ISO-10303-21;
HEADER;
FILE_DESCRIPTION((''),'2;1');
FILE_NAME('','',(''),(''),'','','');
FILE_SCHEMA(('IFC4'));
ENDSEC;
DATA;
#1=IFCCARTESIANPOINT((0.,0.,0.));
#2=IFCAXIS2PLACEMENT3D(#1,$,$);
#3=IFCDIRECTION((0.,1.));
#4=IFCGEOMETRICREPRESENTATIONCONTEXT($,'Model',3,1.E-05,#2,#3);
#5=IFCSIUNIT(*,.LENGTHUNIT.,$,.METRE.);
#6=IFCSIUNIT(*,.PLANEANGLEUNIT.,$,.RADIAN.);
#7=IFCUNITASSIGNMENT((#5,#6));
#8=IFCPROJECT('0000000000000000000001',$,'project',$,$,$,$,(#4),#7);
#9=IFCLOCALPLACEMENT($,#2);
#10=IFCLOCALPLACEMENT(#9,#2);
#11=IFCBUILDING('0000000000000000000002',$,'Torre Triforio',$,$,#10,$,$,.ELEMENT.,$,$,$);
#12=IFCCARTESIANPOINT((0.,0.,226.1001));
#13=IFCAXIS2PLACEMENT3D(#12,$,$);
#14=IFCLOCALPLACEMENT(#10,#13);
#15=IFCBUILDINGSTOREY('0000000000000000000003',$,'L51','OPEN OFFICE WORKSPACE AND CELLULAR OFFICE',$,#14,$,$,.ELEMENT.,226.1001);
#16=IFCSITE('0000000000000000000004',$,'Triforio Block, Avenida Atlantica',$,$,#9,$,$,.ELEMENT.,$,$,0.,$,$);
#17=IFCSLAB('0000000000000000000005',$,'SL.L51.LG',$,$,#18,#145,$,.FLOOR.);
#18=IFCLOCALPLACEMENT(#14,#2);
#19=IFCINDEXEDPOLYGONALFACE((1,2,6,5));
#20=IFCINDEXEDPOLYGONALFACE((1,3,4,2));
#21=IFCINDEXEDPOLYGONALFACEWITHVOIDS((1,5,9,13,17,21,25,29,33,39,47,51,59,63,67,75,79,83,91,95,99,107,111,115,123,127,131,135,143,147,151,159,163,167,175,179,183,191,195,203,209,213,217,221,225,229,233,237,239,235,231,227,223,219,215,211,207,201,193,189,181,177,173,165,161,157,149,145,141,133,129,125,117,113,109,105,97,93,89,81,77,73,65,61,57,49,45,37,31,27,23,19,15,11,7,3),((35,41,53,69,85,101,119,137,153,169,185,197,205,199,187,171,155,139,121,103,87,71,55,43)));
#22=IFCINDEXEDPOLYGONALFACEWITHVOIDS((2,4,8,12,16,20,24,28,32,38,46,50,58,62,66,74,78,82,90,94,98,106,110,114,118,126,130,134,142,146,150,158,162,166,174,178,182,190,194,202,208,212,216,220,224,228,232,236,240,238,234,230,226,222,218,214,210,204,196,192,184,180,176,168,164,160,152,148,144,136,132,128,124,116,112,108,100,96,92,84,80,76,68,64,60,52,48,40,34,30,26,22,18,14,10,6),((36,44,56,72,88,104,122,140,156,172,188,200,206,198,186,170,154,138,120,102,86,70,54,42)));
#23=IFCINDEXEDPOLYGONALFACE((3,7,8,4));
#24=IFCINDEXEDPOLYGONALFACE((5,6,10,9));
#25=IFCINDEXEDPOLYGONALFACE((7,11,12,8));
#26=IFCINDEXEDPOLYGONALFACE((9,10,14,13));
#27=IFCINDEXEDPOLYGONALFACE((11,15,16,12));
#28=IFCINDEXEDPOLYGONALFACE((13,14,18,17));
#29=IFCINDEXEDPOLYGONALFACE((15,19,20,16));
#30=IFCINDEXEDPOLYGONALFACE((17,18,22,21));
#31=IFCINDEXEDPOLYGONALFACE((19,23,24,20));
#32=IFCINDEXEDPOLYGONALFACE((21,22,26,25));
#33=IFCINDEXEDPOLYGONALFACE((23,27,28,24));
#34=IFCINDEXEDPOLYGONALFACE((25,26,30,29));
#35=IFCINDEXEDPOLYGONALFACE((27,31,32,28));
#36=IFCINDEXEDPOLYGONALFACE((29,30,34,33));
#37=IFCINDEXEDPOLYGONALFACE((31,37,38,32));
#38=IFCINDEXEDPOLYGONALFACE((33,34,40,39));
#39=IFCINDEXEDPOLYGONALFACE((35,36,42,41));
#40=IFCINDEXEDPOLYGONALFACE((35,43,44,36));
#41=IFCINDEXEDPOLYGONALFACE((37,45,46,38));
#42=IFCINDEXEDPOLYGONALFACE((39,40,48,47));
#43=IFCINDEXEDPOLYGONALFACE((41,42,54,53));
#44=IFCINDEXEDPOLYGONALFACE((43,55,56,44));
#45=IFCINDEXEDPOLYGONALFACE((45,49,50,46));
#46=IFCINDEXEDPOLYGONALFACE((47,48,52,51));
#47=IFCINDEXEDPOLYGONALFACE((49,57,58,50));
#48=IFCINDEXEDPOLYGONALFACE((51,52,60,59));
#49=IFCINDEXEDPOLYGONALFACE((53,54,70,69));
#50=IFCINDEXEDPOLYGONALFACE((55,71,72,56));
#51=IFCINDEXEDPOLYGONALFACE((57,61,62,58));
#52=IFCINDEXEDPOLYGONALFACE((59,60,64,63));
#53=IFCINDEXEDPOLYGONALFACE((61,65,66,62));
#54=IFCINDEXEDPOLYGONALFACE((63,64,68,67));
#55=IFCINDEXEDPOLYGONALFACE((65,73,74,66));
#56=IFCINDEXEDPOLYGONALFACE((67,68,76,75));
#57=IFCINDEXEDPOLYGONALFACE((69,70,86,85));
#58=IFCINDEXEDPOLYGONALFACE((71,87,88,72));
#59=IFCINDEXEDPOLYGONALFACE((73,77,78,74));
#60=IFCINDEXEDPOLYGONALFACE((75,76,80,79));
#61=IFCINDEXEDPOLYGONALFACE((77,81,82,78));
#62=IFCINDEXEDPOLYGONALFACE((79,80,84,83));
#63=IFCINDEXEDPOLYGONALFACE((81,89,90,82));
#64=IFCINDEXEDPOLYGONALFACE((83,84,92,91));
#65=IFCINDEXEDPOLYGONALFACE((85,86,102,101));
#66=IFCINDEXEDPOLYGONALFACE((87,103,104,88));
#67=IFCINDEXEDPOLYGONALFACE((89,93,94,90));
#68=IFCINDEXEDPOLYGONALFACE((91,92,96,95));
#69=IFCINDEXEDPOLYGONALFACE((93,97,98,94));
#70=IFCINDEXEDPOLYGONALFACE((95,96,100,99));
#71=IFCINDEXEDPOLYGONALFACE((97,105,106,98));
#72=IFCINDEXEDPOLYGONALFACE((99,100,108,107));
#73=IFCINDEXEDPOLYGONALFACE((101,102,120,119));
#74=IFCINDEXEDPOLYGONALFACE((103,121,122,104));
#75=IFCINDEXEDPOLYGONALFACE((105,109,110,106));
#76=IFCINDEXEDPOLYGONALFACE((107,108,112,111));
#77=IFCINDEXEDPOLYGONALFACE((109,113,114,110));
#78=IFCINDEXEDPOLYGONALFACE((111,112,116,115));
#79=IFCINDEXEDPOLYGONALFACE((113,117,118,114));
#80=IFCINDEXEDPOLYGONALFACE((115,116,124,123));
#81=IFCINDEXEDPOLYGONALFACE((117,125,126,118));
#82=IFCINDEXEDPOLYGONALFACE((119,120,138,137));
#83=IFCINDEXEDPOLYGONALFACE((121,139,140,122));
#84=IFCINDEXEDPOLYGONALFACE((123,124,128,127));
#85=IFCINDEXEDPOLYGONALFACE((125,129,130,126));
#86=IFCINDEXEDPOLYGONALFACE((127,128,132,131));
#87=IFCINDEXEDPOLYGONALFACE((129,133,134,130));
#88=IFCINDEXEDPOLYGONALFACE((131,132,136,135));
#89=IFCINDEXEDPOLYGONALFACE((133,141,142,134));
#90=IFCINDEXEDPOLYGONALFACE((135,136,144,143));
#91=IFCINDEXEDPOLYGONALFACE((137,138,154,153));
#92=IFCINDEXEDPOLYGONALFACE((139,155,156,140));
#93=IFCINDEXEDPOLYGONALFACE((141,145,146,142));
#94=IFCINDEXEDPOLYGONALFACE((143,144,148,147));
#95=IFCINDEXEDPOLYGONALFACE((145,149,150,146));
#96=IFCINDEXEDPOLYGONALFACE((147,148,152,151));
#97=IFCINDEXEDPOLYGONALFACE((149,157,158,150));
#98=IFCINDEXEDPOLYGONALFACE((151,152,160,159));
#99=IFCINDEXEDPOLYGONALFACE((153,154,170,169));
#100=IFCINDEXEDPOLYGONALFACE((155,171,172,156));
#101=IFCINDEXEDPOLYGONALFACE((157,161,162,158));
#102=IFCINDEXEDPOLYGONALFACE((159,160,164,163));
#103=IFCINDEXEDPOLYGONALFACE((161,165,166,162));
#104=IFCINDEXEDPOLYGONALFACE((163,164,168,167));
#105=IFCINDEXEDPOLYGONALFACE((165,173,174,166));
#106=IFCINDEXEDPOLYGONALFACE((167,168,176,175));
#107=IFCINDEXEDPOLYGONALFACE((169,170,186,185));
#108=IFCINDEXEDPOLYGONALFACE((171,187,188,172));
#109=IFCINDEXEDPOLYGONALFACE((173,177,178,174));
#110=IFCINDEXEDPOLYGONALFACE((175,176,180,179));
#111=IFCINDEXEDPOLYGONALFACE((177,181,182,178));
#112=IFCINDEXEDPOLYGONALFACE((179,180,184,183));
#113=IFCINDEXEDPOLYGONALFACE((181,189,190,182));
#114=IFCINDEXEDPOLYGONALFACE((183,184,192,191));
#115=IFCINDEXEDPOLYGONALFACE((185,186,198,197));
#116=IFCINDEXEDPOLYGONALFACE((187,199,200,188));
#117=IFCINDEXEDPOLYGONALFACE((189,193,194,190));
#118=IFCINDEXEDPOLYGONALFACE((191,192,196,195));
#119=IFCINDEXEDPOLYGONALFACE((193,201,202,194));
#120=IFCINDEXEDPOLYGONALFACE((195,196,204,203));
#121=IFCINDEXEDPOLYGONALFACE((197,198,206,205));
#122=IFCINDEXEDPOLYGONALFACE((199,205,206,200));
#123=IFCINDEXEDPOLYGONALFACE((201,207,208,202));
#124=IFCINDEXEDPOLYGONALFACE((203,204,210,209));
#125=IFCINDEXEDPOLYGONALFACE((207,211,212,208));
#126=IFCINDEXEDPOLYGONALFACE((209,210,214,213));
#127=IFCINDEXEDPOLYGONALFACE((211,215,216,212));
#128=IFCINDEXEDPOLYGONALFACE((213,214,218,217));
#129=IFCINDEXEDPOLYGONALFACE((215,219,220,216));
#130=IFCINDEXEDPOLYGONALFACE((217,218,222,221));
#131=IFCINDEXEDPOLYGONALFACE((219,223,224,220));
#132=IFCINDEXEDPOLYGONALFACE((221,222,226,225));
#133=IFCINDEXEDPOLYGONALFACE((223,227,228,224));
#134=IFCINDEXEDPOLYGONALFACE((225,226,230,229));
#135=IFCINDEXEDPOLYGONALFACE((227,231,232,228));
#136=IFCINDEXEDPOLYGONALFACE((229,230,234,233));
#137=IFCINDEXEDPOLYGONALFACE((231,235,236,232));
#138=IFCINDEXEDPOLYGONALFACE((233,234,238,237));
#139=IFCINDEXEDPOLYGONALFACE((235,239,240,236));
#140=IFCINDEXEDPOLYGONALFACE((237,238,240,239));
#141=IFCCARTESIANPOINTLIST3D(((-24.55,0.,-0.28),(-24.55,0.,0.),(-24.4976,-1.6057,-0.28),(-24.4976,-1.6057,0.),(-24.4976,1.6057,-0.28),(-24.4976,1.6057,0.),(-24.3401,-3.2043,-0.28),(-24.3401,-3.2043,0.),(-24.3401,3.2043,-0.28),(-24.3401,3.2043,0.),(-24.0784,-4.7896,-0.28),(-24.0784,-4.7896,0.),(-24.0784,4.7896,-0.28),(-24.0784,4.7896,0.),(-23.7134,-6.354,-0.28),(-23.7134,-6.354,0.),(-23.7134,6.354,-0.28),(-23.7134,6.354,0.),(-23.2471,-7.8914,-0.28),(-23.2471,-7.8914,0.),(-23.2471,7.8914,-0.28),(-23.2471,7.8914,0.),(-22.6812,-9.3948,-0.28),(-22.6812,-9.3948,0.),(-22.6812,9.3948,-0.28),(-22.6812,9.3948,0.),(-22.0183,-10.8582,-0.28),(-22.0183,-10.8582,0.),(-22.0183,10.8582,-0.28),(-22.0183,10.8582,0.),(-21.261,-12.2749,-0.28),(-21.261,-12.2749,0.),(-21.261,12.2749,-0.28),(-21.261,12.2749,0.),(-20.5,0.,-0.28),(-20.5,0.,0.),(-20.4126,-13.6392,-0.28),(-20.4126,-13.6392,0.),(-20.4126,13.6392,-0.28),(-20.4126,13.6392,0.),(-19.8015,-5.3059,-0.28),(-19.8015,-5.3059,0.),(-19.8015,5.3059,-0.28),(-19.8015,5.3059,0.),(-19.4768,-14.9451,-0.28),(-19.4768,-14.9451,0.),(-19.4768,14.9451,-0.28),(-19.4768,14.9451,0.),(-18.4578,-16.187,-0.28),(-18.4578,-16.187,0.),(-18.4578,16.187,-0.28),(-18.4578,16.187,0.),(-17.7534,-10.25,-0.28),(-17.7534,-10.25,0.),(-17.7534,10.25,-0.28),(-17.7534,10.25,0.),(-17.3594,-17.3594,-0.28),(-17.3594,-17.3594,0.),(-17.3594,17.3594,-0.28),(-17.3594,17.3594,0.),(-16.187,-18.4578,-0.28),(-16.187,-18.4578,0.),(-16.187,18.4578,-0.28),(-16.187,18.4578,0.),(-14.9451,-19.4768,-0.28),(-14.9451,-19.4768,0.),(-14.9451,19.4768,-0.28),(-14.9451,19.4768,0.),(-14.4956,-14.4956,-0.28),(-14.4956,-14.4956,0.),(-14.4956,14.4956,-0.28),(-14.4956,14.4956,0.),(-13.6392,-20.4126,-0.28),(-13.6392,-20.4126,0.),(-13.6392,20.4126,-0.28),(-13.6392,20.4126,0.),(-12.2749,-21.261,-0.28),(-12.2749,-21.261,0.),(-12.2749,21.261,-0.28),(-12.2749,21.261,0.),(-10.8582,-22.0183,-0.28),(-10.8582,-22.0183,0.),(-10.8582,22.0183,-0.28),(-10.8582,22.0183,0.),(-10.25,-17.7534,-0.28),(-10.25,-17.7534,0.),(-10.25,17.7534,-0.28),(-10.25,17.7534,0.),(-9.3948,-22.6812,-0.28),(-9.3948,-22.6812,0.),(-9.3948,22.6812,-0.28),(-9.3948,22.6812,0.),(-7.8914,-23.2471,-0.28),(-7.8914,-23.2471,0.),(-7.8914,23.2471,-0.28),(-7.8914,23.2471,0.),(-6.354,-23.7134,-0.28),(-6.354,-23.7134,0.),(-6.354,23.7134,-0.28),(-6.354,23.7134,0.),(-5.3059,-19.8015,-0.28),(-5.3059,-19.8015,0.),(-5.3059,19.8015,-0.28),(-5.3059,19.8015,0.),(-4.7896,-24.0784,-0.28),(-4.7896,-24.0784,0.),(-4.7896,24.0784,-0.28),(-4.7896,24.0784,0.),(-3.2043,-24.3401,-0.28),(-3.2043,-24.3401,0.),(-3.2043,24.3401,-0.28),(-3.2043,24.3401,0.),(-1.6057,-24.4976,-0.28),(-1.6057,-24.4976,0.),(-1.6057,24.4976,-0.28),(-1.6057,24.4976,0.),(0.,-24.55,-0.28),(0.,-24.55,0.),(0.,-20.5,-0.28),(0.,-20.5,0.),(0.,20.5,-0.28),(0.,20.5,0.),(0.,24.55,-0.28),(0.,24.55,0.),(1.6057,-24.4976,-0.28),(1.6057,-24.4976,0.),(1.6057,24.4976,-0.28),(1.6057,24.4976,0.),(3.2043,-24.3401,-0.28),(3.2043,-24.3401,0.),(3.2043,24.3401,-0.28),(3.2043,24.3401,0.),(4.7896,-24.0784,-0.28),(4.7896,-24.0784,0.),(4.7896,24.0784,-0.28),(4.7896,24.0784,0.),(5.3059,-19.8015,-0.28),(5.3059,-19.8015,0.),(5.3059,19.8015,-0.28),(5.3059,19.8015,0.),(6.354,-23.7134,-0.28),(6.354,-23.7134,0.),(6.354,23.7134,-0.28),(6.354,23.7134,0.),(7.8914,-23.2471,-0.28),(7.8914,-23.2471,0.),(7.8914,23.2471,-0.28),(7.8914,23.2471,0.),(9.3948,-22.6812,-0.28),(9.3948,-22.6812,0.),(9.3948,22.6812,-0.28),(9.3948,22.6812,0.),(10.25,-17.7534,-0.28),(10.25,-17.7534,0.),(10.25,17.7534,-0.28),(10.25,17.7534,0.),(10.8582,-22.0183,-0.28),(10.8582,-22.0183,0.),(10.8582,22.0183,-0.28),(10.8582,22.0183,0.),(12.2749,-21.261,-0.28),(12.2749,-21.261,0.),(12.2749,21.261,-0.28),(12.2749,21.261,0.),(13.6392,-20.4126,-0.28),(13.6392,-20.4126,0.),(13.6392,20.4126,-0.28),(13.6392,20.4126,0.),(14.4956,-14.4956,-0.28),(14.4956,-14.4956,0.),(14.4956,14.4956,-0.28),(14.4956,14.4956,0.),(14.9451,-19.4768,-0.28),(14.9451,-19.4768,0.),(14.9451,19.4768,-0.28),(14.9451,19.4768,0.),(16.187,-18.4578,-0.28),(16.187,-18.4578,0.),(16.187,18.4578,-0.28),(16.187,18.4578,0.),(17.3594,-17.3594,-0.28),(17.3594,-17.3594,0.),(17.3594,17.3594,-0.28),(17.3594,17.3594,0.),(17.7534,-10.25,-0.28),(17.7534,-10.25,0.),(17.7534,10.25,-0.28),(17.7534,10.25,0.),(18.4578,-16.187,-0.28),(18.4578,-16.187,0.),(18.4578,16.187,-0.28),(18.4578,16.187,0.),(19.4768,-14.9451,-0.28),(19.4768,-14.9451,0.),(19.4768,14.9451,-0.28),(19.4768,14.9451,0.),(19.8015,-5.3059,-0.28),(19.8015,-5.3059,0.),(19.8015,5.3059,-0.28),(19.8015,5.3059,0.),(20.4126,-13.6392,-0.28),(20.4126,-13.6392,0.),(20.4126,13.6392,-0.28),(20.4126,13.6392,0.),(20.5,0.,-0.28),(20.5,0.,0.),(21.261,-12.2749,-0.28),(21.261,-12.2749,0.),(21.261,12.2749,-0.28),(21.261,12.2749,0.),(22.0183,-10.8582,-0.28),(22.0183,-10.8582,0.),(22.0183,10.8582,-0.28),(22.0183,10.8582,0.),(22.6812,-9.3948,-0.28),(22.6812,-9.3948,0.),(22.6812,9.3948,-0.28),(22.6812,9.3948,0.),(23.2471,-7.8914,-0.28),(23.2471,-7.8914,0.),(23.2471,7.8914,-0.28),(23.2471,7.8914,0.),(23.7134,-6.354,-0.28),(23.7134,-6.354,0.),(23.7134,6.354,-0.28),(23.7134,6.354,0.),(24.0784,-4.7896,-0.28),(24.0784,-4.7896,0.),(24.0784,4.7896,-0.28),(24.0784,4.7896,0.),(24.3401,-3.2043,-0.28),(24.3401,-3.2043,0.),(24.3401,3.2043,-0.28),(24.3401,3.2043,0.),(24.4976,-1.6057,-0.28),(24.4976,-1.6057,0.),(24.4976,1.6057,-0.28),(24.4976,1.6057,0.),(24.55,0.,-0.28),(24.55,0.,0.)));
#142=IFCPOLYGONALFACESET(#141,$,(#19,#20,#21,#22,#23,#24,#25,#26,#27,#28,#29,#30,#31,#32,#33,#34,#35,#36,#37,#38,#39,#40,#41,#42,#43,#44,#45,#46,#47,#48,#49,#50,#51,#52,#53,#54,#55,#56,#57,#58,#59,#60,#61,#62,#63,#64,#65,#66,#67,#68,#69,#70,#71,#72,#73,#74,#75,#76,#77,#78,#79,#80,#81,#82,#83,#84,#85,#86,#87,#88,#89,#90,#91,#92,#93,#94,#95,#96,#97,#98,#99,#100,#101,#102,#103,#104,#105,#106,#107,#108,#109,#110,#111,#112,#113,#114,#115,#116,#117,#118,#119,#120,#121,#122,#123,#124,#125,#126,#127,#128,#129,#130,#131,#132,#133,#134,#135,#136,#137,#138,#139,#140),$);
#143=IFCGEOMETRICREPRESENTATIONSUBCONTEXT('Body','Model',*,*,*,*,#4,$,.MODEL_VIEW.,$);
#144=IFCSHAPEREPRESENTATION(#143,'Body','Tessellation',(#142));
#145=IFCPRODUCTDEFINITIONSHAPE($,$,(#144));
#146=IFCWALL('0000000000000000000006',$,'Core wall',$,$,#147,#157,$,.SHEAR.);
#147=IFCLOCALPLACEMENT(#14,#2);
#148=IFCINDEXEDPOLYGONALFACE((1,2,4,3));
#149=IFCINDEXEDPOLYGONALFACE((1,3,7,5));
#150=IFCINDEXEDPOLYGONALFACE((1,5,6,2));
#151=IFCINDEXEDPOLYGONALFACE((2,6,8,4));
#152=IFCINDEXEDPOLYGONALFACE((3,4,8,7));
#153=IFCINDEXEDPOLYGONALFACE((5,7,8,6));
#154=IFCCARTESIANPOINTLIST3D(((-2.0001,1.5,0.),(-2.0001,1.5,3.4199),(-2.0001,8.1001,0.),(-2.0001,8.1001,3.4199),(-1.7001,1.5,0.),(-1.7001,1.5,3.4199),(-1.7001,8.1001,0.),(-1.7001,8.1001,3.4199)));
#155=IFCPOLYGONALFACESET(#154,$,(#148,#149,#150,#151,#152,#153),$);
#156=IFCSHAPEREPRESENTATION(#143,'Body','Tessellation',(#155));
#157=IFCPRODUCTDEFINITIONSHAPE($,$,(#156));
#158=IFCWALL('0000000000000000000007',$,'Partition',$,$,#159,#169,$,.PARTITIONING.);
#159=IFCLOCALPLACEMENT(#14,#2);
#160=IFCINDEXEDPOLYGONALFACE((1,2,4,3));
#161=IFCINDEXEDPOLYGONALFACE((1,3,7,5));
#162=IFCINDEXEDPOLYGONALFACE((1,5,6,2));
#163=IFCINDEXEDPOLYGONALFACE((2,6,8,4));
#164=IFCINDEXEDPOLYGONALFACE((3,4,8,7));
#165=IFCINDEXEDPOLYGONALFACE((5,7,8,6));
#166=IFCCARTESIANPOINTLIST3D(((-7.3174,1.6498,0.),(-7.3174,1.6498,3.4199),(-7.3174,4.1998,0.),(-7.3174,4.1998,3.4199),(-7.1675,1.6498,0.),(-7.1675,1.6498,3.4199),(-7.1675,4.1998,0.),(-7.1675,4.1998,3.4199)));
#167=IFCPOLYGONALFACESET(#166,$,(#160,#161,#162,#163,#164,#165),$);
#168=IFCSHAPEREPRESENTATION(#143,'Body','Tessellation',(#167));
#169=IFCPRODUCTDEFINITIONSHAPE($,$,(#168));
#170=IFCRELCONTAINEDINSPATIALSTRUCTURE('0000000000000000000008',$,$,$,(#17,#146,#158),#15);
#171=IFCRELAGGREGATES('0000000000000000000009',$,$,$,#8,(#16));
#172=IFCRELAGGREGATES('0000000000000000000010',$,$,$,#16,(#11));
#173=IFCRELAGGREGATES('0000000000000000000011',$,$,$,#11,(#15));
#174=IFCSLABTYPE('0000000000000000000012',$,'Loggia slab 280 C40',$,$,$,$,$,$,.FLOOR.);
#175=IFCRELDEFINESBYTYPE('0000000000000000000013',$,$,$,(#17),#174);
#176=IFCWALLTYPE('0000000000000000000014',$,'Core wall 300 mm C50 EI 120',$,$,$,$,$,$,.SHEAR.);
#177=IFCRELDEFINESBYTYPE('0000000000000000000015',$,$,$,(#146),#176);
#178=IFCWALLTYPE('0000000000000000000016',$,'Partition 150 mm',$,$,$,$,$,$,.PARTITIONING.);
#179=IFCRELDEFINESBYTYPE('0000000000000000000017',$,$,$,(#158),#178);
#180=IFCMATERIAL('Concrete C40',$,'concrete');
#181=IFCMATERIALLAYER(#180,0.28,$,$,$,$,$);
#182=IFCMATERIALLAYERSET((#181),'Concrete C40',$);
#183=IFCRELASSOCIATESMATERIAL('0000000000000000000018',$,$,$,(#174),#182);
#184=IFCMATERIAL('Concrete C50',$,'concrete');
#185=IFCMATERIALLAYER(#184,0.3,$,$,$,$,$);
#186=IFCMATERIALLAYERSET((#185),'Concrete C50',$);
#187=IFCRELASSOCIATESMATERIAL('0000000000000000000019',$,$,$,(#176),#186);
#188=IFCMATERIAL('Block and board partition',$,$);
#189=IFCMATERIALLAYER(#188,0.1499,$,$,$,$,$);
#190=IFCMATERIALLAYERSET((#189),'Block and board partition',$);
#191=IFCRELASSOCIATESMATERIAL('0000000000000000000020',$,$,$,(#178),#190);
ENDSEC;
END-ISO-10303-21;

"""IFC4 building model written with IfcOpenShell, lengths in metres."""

from ifc_helpers import new_model, si_unit, direction, frame, frame_2d, origin, place, context, subcontext, project, spatial, polyline, rectangle, outline, extrude, material, layer, layer_set, type_object, element, save


model = new_model("IFC4")

# Units and contexts
model_context = context("Model", 3, precision=1e-05, world=origin(), true_north=direction((0.0, 1.0)))
body_context = subcontext(model_context, "Body", "Model", "MODEL_VIEW")
ifc_project = project(units=[si_unit("LENGTHUNIT", "METRE"), si_unit("PLANEANGLEUNIT", "RADIAN")], contexts=[model_context])

# Site, building, storey
site_placement = place(None, origin())
site = spatial("IfcSite", under=ifc_project, at=site_placement, Name="Triforio Block, Avenida Atlantica", CompositionType="ELEMENT", RefElevation=0.0)
building_placement = place(site_placement, origin())
building = spatial("IfcBuilding", under=site, at=building_placement, Name="Torre Triforio", CompositionType="ELEMENT")
storey_placement = place(building_placement, frame((0.0, 0.0, 226.1001)))
storey = spatial("IfcBuildingStorey", under=building, at=storey_placement, Name="L51", Description="OPEN OFFICE WORKSPACE AND CELLULAR OFFICE", CompositionType="ELEMENT", Elevation=226.1001)

# Slab
ifc_material_1 = material(Name="Concrete C40", Category="concrete")
ifc_layer_1 = layer(ifc_material_1, 0.28)
ifc_layer_set_1 = layer_set([ifc_layer_1], Name="Concrete C40")
slab_type_1 = type_object("IfcSlabType", Name="Loggia slab 280 C40", PredefinedType="FLOOR", material=ifc_layer_set_1)
slab_1_placement = place(storey_placement, frame((0.0, 0.0, -0.28)))
element("IfcSlab", 1, at=slab_1_placement, inside=storey, type_object=slab_type_1, Name="SL.L51.LG", PredefinedType="FLOOR", context=body_context, shape_type="SweptSolid", body=[
    extrude(outline(polyline([(24.4976, -1.6057), (24.55, 0.0), (24.4976, 1.6057), (24.3401, 3.2043), (24.0784, 4.7896), (23.7134, 6.354), (23.2471, 7.8914), (22.6812, 9.3948), (22.0183, 10.8582), (21.261, 12.2749), (20.4126, 13.6392), (19.4768, 14.9451), (18.4578, 16.187), (17.3594, 17.3594), (16.187, 18.4578), (14.9451, 19.4768), (13.6392, 20.4126), (12.2749, 21.261), (10.8582, 22.0183), (9.3948, 22.6812), (7.8914, 23.2471), (6.354, 23.7134), (4.7896, 24.0784), (3.2043, 24.3401), (1.6057, 24.4976), (0.0, 24.55), (-1.6057, 24.4976), (-3.2043, 24.3401), (-4.7896, 24.0784), (-6.354, 23.7134), (-7.8914, 23.2471), (-9.3948, 22.6812), (-10.8582, 22.0183), (-12.2749, 21.261), (-13.6392, 20.4126), (-14.9451, 19.4768), (-16.187, 18.4578), (-17.3594, 17.3594), (-18.4578, 16.187), (-19.4768, 14.9451), (-20.4126, 13.6392), (-21.261, 12.2749), (-22.0183, 10.8582), (-22.6812, 9.3948), (-23.2471, 7.8914), (-23.7134, 6.354), (-24.0784, 4.7896), (-24.3401, 3.2043), (-24.4976, 1.6057), (-24.55, 0.0), (-24.4976, -1.6057), (-24.3401, -3.2043), (-24.0784, -4.7896), (-23.7134, -6.354), (-23.2471, -7.8914), (-22.6812, -9.3948), (-22.0183, -10.8582), (-21.261, -12.2749), (-20.4126, -13.6392), (-19.4768, -14.9451), (-18.4578, -16.187), (-17.3594, -17.3594), (-16.187, -18.4578), (-14.9451, -19.4768), (-13.6392, -20.4126), (-12.2749, -21.261), (-10.8582, -22.0183), (-9.3948, -22.6812), (-7.8914, -23.2471), (-6.354, -23.7134), (-4.7896, -24.0784), (-3.2043, -24.3401), (-1.6057, -24.4976), (0.0, -24.55), (1.6057, -24.4976), (3.2043, -24.3401), (4.7896, -24.0784), (6.354, -23.7134), (7.8914, -23.2471), (9.3948, -22.6812), (10.8582, -22.0183), (12.2749, -21.261), (13.6392, -20.4126), (14.9451, -19.4768), (16.187, -18.4578), (17.3594, -17.3594), (18.4578, -16.187), (19.4768, -14.9451), (20.4126, -13.6392), (21.261, -12.2749), (22.0183, -10.8582), (22.6812, -9.3948), (23.2471, -7.8914), (23.7134, -6.354), (24.0784, -4.7896), (24.3401, -3.2043), (24.4976, -1.6057)]), holes=[polyline([(19.8015, 5.3059), (20.5, 0.0), (19.8015, -5.3059), (17.7534, -10.25), (14.4956, -14.4956), (10.25, -17.7534), (5.3059, -19.8015), (0.0, -20.5), (-5.3059, -19.8015), (-10.25, -17.7534), (-14.4956, -14.4956), (-17.7534, -10.25), (-19.8015, -5.3059), (-20.5, 0.0), (-19.8015, 5.3059), (-17.7534, 10.25), (-14.4956, 14.4956), (-10.25, 17.7534), (-5.3059, 19.8015), (0.0, 20.5), (5.3059, 19.8015), (10.25, 17.7534), (14.4956, 14.4956), (17.7534, 10.25), (19.8015, 5.3059)])]), origin(), (0.0, 0.0, 1.0), 0.28),
])

# Walls
ifc_material_2 = material(Name="Concrete C50", Category="concrete")
ifc_layer_2 = layer(ifc_material_2, 0.3)
ifc_layer_set_2 = layer_set([ifc_layer_2], Name="Concrete C50")
wall_type_1 = type_object("IfcWallType", Name="Core wall 300 mm C50 EI 120", PredefinedType="SHEAR", material=ifc_layer_set_2)
wall_1_placement = place(storey_placement, frame((-1.8501, 1.5, 0.0), z_axis=(0.0, 0.0, 1.0), x_axis=(0.0, 1.0, 0.0)))
element("IfcWall", 2, at=wall_1_placement, inside=storey, type_object=wall_type_1, Name="Core wall", PredefinedType="SHEAR", context=body_context, shape_type="SweptSolid", body=[
    extrude(rectangle(XDim=6.6001, YDim=0.3, at=frame_2d((3.3, 0.0))), origin(), (0.0, 0.0, 1.0), 3.4199),
])
ifc_material_3 = material(Name="Block and board partition")
ifc_layer_3 = layer(ifc_material_3, 0.1499)
ifc_layer_set_3 = layer_set([ifc_layer_3], Name="Block and board partition")
wall_type_2 = type_object("IfcWallType", Name="Partition 150 mm", PredefinedType="PARTITIONING", material=ifc_layer_set_3)
wall_2_placement = place(storey_placement, frame((-7.2424, 1.6499, 0.0), z_axis=(0.0, 0.0, 1.0), x_axis=(0.0, 1.0, 0.0)))
element("IfcWall", 3, at=wall_2_placement, inside=storey, type_object=wall_type_2, Name="Partition", PredefinedType="PARTITIONING", context=body_context, shape_type="SweptSolid", body=[
    extrude(rectangle(XDim=2.55, YDim=0.1499, at=frame_2d((1.2749, 0.0))), origin(), (0.0, 0.0, 1.0), 3.4199),
])

save(model, "model.ifc")
